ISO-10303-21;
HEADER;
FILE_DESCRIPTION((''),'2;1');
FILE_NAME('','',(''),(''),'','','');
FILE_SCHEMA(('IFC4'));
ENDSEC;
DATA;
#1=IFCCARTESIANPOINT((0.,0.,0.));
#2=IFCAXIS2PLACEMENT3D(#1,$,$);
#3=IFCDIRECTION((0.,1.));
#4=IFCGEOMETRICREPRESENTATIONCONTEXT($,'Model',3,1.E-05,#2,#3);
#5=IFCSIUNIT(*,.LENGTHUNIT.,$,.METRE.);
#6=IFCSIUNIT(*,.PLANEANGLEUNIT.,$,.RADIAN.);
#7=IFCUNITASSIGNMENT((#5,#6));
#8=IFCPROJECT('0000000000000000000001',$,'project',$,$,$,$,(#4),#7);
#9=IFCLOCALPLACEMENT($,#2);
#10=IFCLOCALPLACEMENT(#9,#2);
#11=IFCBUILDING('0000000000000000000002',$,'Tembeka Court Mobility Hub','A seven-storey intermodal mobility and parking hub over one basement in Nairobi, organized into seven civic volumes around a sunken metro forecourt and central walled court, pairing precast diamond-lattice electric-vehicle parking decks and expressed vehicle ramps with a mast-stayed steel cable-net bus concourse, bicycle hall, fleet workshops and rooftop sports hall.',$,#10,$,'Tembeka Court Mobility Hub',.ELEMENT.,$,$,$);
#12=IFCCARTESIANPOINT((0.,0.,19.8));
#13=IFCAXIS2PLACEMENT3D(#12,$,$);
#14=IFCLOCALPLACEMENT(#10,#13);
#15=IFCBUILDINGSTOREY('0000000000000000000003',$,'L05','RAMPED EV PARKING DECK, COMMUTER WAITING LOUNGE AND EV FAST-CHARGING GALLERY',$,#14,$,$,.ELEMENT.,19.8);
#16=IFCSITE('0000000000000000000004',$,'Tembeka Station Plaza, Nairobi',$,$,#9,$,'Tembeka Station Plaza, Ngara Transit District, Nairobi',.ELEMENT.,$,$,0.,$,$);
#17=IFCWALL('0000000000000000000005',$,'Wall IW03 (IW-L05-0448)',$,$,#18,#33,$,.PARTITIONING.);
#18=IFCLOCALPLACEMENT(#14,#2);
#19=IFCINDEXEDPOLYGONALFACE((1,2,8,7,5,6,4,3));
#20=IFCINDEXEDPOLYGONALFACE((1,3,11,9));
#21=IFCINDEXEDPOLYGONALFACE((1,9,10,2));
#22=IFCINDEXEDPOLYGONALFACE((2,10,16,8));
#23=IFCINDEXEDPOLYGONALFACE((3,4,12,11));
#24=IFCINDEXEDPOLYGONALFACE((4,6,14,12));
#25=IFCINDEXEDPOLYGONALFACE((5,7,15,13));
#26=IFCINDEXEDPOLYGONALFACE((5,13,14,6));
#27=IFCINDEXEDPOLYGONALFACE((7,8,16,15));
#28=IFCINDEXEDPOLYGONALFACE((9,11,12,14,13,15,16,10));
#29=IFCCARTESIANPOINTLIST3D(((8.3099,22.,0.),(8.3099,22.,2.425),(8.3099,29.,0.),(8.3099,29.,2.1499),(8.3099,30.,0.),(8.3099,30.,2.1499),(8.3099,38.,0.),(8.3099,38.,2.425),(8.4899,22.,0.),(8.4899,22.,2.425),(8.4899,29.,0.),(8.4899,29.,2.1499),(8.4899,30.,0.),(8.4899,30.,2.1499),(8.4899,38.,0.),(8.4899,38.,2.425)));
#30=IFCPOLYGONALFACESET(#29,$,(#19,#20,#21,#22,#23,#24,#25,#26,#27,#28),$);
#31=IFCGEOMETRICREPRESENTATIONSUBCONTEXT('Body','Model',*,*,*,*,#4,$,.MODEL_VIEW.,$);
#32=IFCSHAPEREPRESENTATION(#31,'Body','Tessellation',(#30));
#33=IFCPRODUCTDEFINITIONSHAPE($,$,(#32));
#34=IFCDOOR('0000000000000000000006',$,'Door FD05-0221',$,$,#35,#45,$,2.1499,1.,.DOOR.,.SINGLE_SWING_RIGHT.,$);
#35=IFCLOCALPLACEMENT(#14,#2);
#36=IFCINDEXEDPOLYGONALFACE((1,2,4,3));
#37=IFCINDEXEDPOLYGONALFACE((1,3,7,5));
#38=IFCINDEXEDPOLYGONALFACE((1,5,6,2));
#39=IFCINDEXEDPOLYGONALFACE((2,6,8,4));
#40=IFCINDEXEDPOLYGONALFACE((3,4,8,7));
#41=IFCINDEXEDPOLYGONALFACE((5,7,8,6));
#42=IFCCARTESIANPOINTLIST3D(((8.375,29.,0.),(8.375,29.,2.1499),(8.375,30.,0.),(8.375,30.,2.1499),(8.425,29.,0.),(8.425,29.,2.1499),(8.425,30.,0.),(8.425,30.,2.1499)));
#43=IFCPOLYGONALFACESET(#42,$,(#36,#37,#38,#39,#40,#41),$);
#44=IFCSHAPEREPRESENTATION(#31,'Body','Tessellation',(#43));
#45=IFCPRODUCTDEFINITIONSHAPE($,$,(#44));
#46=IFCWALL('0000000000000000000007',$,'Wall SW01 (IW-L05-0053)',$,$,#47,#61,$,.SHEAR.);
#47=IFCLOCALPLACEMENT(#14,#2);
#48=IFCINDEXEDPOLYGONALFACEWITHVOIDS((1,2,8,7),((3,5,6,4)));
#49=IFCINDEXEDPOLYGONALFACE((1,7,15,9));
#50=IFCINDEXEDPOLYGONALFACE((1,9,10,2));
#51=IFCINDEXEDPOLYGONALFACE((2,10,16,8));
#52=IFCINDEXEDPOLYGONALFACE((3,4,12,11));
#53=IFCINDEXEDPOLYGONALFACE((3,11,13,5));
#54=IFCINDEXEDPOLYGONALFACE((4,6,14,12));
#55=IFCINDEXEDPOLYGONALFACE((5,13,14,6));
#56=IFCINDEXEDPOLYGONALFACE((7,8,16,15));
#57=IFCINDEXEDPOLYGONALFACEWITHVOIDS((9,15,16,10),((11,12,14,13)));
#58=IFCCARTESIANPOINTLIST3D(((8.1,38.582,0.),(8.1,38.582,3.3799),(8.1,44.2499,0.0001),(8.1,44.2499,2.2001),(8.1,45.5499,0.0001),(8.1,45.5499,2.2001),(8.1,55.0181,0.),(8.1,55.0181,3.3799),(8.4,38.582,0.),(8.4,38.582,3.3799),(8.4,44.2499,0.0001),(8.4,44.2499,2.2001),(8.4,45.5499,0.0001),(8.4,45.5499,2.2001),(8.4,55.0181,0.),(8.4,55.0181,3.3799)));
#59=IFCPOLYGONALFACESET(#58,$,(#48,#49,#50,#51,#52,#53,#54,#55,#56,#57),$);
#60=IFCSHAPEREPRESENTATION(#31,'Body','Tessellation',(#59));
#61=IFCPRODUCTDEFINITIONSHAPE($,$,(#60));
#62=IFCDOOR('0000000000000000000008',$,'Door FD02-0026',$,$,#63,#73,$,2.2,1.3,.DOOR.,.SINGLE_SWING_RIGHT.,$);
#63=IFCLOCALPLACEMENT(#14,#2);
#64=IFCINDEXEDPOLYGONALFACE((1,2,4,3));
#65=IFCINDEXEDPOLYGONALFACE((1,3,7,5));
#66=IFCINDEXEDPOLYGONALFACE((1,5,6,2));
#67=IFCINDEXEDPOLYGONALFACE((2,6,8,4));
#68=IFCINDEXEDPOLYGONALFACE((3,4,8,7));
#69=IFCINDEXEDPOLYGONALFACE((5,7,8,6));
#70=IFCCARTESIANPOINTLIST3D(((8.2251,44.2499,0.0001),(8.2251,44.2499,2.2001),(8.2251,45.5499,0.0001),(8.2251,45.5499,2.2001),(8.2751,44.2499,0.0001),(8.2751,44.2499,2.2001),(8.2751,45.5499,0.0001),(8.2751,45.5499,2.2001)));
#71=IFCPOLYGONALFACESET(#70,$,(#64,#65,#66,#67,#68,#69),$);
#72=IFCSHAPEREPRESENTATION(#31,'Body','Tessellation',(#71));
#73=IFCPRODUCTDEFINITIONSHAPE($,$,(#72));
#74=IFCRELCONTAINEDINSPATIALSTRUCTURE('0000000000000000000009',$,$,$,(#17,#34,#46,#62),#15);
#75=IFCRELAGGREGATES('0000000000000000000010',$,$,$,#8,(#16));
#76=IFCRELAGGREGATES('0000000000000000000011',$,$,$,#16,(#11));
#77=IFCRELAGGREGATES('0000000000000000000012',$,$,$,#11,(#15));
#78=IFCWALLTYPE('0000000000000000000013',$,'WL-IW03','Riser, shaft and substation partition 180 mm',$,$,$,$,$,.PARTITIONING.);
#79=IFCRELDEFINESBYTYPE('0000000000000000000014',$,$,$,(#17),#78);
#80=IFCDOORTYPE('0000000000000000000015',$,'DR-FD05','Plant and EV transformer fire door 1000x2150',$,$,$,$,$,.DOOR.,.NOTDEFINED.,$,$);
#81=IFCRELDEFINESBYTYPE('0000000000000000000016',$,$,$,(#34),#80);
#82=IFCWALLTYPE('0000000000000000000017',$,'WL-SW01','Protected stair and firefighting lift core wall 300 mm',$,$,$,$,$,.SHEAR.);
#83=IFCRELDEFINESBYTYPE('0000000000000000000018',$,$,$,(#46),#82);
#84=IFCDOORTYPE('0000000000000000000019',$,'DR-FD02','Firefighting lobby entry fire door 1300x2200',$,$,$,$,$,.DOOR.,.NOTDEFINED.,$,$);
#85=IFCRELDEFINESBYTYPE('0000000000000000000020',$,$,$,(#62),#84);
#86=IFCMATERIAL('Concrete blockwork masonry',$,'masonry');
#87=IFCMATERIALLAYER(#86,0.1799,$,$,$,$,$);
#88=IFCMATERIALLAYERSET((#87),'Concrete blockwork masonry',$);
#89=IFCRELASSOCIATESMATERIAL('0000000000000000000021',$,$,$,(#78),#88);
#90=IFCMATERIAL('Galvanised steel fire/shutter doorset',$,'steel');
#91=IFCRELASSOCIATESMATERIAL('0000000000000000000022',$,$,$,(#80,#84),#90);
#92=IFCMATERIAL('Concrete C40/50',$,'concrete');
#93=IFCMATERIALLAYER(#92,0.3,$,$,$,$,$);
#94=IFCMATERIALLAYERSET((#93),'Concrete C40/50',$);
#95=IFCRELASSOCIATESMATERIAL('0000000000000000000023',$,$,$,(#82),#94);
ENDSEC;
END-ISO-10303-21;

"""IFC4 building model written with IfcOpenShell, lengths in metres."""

from ifc_helpers import new_model, si_unit, direction, frame, frame_2d, origin, place, context, subcontext, project, spatial, rectangle, extrude, material, layer, layer_set, type_object, element, fill, save


model = new_model("IFC4")

# Units and contexts
model_context = context("Model", 3, precision=1e-05, world=origin(), true_north=direction((0.0, 1.0)))
body_context = subcontext(model_context, "Body", "Model", "MODEL_VIEW")
ifc_project = project(units=[si_unit("LENGTHUNIT", "METRE"), si_unit("PLANEANGLEUNIT", "RADIAN")], contexts=[model_context])

# Site, building, storey
site_placement = place(None, origin())
site = spatial("IfcSite", under=ifc_project, at=site_placement, Name="Tembeka Station Plaza, Nairobi", LongName="Tembeka Station Plaza, Ngara Transit District, Nairobi", CompositionType="ELEMENT", RefElevation=0.0)
building_placement = place(site_placement, origin())
building = spatial("IfcBuilding", under=site, at=building_placement, Name="Tembeka Court Mobility Hub", Description="A seven-storey intermodal mobility and parking hub over one basement in Nairobi, organized into seven civic volumes around a sunken metro forecourt and central walled court, pairing precast diamond-lattice electric-vehicle parking decks and expressed vehicle ramps with a mast-stayed steel cable-net bus concourse, bicycle hall, fleet workshops and rooftop sports hall.", LongName="Tembeka Court Mobility Hub", CompositionType="ELEMENT")
storey_placement = place(building_placement, frame((0.0, 0.0, 19.8)))
storey = spatial("IfcBuildingStorey", under=building, at=storey_placement, Name="L05", Description="RAMPED EV PARKING DECK, COMMUTER WAITING LOUNGE AND EV FAST-CHARGING GALLERY", CompositionType="ELEMENT", Elevation=19.8)

# Walls, openings, doors
ifc_material_1 = material(Name="Concrete blockwork masonry", Category="masonry")
ifc_layer_1 = layer(ifc_material_1, 0.1799)
ifc_layer_set_1 = layer_set([ifc_layer_1], Name="Concrete blockwork masonry")
wall_type_1 = type_object("IfcWallType", Name="WL-IW03", Description="Riser, shaft and substation partition 180 mm", PredefinedType="PARTITIONING", material=ifc_layer_set_1)
wall_1_placement = place(storey_placement, frame((8.3999, 22.0, 0.0), z_axis=(0.0, 0.0, 1.0), x_axis=(0.0, 1.0, 0.0)))
wall_1 = element("IfcWall", 1, at=wall_1_placement, inside=storey, type_object=wall_type_1, Name="Wall IW03 (IW-L05-0448)", PredefinedType="PARTITIONING", context=body_context, shape_type="SweptSolid", body=[
    extrude(rectangle(XDim=16.0, YDim=0.1799, at=frame_2d((8.0, 0.0))), origin(), (0.0, 0.0, 1.0), 2.425),
])
opening_1_placement = place(wall_1_placement, frame((7.0, 0.0, 0.0)))
opening_1 = element("IfcOpeningElement", 2, at=opening_1_placement, cuts=wall_1, PredefinedType="OPENING", context=body_context, shape_type="SweptSolid", body=[
    extrude(rectangle(XDim=1.0, YDim=2.1499, at=frame_2d((0.5, 1.075))), frame((0.0, 0.1001, 0.0), z_axis=(0.0, -1.0, 0.0), x_axis=(1.0, 0.0, 0.0)), (0.0, 0.0, 1.0), 0.2),
])
ifc_material_2 = material(Name="Galvanised steel fire/shutter doorset", Category="steel")
door_type_1 = type_object("IfcDoorType", Name="DR-FD05", Description="Plant and EV transformer fire door 1000x2150", OperationType="NOTDEFINED", PredefinedType="DOOR", material=ifc_material_2)
door_1_placement = place(opening_1_placement, origin())
door_1 = element("IfcDoor", 3, at=door_1_placement, inside=storey, type_object=door_type_1, Name="Door FD05-0221", OperationType="SINGLE_SWING_RIGHT", OverallHeight=2.1499, OverallWidth=1.0, PredefinedType="DOOR", context=body_context, shape_type="SweptSolid", body=[
    extrude(rectangle(XDim=1.0, YDim=2.1499, at=frame_2d((0.5, 1.075))), frame((0.0, 0.0249, 0.0), z_axis=(0.0, -1.0, 0.0), x_axis=(1.0, 0.0, 0.0)), (0.0, 0.0, 1.0), 0.05),
])
fill(opening_1, door_1)
ifc_material_3 = material(Name="Concrete C40/50", Category="concrete")
ifc_layer_2 = layer(ifc_material_3, 0.3)
ifc_layer_set_2 = layer_set([ifc_layer_2], Name="Concrete C40/50")
wall_type_2 = type_object("IfcWallType", Name="WL-SW01", Description="Protected stair and firefighting lift core wall 300 mm", PredefinedType="SHEAR", material=ifc_layer_set_2)
wall_2_placement = place(storey_placement, frame((8.25, 38.582, 0.0), z_axis=(0.0, 0.0, 1.0), x_axis=(0.0, 1.0, 0.0)))
wall_2 = element("IfcWall", 4, at=wall_2_placement, inside=storey, type_object=wall_type_2, Name="Wall SW01 (IW-L05-0053)", PredefinedType="SHEAR", context=body_context, shape_type="SweptSolid", body=[
    extrude(rectangle(XDim=16.436, YDim=0.3, at=frame_2d((8.218, 0.0))), origin(), (0.0, 0.0, 1.0), 3.3799),
])
opening_2_placement = place(wall_2_placement, frame((5.668, 0.0, 0.0)))
opening_2 = element("IfcOpeningElement", 5, at=opening_2_placement, cuts=wall_2, PredefinedType="OPENING", context=body_context, shape_type="SweptSolid", body=[
    extrude(rectangle(XDim=1.3, YDim=2.2, at=frame_2d((0.6499, 1.1001))), frame((0.0, 0.1602, 0.0), z_axis=(0.0, -1.0, 0.0), x_axis=(1.0, 0.0, 0.0)), (0.0, 0.0, 1.0), 0.3201),
])
door_type_2 = type_object("IfcDoorType", Name="DR-FD02", Description="Firefighting lobby entry fire door 1300x2200", OperationType="NOTDEFINED", PredefinedType="DOOR", material=ifc_material_2)
door_2_placement = place(opening_2_placement, origin())
door_2 = element("IfcDoor", 6, at=door_2_placement, inside=storey, type_object=door_type_2, Name="Door FD02-0026", OperationType="SINGLE_SWING_RIGHT", OverallHeight=2.2, OverallWidth=1.3, PredefinedType="DOOR", context=body_context, shape_type="SweptSolid", body=[
    extrude(rectangle(XDim=1.3, YDim=2.2, at=frame_2d((0.6499, 1.1001))), frame((0.0, 0.0249, 0.0), z_axis=(0.0, -1.0, 0.0), x_axis=(1.0, 0.0, 0.0)), (0.0, 0.0, 1.0), 0.05),
])
fill(opening_2, door_2)

save(model, "model.ifc")
